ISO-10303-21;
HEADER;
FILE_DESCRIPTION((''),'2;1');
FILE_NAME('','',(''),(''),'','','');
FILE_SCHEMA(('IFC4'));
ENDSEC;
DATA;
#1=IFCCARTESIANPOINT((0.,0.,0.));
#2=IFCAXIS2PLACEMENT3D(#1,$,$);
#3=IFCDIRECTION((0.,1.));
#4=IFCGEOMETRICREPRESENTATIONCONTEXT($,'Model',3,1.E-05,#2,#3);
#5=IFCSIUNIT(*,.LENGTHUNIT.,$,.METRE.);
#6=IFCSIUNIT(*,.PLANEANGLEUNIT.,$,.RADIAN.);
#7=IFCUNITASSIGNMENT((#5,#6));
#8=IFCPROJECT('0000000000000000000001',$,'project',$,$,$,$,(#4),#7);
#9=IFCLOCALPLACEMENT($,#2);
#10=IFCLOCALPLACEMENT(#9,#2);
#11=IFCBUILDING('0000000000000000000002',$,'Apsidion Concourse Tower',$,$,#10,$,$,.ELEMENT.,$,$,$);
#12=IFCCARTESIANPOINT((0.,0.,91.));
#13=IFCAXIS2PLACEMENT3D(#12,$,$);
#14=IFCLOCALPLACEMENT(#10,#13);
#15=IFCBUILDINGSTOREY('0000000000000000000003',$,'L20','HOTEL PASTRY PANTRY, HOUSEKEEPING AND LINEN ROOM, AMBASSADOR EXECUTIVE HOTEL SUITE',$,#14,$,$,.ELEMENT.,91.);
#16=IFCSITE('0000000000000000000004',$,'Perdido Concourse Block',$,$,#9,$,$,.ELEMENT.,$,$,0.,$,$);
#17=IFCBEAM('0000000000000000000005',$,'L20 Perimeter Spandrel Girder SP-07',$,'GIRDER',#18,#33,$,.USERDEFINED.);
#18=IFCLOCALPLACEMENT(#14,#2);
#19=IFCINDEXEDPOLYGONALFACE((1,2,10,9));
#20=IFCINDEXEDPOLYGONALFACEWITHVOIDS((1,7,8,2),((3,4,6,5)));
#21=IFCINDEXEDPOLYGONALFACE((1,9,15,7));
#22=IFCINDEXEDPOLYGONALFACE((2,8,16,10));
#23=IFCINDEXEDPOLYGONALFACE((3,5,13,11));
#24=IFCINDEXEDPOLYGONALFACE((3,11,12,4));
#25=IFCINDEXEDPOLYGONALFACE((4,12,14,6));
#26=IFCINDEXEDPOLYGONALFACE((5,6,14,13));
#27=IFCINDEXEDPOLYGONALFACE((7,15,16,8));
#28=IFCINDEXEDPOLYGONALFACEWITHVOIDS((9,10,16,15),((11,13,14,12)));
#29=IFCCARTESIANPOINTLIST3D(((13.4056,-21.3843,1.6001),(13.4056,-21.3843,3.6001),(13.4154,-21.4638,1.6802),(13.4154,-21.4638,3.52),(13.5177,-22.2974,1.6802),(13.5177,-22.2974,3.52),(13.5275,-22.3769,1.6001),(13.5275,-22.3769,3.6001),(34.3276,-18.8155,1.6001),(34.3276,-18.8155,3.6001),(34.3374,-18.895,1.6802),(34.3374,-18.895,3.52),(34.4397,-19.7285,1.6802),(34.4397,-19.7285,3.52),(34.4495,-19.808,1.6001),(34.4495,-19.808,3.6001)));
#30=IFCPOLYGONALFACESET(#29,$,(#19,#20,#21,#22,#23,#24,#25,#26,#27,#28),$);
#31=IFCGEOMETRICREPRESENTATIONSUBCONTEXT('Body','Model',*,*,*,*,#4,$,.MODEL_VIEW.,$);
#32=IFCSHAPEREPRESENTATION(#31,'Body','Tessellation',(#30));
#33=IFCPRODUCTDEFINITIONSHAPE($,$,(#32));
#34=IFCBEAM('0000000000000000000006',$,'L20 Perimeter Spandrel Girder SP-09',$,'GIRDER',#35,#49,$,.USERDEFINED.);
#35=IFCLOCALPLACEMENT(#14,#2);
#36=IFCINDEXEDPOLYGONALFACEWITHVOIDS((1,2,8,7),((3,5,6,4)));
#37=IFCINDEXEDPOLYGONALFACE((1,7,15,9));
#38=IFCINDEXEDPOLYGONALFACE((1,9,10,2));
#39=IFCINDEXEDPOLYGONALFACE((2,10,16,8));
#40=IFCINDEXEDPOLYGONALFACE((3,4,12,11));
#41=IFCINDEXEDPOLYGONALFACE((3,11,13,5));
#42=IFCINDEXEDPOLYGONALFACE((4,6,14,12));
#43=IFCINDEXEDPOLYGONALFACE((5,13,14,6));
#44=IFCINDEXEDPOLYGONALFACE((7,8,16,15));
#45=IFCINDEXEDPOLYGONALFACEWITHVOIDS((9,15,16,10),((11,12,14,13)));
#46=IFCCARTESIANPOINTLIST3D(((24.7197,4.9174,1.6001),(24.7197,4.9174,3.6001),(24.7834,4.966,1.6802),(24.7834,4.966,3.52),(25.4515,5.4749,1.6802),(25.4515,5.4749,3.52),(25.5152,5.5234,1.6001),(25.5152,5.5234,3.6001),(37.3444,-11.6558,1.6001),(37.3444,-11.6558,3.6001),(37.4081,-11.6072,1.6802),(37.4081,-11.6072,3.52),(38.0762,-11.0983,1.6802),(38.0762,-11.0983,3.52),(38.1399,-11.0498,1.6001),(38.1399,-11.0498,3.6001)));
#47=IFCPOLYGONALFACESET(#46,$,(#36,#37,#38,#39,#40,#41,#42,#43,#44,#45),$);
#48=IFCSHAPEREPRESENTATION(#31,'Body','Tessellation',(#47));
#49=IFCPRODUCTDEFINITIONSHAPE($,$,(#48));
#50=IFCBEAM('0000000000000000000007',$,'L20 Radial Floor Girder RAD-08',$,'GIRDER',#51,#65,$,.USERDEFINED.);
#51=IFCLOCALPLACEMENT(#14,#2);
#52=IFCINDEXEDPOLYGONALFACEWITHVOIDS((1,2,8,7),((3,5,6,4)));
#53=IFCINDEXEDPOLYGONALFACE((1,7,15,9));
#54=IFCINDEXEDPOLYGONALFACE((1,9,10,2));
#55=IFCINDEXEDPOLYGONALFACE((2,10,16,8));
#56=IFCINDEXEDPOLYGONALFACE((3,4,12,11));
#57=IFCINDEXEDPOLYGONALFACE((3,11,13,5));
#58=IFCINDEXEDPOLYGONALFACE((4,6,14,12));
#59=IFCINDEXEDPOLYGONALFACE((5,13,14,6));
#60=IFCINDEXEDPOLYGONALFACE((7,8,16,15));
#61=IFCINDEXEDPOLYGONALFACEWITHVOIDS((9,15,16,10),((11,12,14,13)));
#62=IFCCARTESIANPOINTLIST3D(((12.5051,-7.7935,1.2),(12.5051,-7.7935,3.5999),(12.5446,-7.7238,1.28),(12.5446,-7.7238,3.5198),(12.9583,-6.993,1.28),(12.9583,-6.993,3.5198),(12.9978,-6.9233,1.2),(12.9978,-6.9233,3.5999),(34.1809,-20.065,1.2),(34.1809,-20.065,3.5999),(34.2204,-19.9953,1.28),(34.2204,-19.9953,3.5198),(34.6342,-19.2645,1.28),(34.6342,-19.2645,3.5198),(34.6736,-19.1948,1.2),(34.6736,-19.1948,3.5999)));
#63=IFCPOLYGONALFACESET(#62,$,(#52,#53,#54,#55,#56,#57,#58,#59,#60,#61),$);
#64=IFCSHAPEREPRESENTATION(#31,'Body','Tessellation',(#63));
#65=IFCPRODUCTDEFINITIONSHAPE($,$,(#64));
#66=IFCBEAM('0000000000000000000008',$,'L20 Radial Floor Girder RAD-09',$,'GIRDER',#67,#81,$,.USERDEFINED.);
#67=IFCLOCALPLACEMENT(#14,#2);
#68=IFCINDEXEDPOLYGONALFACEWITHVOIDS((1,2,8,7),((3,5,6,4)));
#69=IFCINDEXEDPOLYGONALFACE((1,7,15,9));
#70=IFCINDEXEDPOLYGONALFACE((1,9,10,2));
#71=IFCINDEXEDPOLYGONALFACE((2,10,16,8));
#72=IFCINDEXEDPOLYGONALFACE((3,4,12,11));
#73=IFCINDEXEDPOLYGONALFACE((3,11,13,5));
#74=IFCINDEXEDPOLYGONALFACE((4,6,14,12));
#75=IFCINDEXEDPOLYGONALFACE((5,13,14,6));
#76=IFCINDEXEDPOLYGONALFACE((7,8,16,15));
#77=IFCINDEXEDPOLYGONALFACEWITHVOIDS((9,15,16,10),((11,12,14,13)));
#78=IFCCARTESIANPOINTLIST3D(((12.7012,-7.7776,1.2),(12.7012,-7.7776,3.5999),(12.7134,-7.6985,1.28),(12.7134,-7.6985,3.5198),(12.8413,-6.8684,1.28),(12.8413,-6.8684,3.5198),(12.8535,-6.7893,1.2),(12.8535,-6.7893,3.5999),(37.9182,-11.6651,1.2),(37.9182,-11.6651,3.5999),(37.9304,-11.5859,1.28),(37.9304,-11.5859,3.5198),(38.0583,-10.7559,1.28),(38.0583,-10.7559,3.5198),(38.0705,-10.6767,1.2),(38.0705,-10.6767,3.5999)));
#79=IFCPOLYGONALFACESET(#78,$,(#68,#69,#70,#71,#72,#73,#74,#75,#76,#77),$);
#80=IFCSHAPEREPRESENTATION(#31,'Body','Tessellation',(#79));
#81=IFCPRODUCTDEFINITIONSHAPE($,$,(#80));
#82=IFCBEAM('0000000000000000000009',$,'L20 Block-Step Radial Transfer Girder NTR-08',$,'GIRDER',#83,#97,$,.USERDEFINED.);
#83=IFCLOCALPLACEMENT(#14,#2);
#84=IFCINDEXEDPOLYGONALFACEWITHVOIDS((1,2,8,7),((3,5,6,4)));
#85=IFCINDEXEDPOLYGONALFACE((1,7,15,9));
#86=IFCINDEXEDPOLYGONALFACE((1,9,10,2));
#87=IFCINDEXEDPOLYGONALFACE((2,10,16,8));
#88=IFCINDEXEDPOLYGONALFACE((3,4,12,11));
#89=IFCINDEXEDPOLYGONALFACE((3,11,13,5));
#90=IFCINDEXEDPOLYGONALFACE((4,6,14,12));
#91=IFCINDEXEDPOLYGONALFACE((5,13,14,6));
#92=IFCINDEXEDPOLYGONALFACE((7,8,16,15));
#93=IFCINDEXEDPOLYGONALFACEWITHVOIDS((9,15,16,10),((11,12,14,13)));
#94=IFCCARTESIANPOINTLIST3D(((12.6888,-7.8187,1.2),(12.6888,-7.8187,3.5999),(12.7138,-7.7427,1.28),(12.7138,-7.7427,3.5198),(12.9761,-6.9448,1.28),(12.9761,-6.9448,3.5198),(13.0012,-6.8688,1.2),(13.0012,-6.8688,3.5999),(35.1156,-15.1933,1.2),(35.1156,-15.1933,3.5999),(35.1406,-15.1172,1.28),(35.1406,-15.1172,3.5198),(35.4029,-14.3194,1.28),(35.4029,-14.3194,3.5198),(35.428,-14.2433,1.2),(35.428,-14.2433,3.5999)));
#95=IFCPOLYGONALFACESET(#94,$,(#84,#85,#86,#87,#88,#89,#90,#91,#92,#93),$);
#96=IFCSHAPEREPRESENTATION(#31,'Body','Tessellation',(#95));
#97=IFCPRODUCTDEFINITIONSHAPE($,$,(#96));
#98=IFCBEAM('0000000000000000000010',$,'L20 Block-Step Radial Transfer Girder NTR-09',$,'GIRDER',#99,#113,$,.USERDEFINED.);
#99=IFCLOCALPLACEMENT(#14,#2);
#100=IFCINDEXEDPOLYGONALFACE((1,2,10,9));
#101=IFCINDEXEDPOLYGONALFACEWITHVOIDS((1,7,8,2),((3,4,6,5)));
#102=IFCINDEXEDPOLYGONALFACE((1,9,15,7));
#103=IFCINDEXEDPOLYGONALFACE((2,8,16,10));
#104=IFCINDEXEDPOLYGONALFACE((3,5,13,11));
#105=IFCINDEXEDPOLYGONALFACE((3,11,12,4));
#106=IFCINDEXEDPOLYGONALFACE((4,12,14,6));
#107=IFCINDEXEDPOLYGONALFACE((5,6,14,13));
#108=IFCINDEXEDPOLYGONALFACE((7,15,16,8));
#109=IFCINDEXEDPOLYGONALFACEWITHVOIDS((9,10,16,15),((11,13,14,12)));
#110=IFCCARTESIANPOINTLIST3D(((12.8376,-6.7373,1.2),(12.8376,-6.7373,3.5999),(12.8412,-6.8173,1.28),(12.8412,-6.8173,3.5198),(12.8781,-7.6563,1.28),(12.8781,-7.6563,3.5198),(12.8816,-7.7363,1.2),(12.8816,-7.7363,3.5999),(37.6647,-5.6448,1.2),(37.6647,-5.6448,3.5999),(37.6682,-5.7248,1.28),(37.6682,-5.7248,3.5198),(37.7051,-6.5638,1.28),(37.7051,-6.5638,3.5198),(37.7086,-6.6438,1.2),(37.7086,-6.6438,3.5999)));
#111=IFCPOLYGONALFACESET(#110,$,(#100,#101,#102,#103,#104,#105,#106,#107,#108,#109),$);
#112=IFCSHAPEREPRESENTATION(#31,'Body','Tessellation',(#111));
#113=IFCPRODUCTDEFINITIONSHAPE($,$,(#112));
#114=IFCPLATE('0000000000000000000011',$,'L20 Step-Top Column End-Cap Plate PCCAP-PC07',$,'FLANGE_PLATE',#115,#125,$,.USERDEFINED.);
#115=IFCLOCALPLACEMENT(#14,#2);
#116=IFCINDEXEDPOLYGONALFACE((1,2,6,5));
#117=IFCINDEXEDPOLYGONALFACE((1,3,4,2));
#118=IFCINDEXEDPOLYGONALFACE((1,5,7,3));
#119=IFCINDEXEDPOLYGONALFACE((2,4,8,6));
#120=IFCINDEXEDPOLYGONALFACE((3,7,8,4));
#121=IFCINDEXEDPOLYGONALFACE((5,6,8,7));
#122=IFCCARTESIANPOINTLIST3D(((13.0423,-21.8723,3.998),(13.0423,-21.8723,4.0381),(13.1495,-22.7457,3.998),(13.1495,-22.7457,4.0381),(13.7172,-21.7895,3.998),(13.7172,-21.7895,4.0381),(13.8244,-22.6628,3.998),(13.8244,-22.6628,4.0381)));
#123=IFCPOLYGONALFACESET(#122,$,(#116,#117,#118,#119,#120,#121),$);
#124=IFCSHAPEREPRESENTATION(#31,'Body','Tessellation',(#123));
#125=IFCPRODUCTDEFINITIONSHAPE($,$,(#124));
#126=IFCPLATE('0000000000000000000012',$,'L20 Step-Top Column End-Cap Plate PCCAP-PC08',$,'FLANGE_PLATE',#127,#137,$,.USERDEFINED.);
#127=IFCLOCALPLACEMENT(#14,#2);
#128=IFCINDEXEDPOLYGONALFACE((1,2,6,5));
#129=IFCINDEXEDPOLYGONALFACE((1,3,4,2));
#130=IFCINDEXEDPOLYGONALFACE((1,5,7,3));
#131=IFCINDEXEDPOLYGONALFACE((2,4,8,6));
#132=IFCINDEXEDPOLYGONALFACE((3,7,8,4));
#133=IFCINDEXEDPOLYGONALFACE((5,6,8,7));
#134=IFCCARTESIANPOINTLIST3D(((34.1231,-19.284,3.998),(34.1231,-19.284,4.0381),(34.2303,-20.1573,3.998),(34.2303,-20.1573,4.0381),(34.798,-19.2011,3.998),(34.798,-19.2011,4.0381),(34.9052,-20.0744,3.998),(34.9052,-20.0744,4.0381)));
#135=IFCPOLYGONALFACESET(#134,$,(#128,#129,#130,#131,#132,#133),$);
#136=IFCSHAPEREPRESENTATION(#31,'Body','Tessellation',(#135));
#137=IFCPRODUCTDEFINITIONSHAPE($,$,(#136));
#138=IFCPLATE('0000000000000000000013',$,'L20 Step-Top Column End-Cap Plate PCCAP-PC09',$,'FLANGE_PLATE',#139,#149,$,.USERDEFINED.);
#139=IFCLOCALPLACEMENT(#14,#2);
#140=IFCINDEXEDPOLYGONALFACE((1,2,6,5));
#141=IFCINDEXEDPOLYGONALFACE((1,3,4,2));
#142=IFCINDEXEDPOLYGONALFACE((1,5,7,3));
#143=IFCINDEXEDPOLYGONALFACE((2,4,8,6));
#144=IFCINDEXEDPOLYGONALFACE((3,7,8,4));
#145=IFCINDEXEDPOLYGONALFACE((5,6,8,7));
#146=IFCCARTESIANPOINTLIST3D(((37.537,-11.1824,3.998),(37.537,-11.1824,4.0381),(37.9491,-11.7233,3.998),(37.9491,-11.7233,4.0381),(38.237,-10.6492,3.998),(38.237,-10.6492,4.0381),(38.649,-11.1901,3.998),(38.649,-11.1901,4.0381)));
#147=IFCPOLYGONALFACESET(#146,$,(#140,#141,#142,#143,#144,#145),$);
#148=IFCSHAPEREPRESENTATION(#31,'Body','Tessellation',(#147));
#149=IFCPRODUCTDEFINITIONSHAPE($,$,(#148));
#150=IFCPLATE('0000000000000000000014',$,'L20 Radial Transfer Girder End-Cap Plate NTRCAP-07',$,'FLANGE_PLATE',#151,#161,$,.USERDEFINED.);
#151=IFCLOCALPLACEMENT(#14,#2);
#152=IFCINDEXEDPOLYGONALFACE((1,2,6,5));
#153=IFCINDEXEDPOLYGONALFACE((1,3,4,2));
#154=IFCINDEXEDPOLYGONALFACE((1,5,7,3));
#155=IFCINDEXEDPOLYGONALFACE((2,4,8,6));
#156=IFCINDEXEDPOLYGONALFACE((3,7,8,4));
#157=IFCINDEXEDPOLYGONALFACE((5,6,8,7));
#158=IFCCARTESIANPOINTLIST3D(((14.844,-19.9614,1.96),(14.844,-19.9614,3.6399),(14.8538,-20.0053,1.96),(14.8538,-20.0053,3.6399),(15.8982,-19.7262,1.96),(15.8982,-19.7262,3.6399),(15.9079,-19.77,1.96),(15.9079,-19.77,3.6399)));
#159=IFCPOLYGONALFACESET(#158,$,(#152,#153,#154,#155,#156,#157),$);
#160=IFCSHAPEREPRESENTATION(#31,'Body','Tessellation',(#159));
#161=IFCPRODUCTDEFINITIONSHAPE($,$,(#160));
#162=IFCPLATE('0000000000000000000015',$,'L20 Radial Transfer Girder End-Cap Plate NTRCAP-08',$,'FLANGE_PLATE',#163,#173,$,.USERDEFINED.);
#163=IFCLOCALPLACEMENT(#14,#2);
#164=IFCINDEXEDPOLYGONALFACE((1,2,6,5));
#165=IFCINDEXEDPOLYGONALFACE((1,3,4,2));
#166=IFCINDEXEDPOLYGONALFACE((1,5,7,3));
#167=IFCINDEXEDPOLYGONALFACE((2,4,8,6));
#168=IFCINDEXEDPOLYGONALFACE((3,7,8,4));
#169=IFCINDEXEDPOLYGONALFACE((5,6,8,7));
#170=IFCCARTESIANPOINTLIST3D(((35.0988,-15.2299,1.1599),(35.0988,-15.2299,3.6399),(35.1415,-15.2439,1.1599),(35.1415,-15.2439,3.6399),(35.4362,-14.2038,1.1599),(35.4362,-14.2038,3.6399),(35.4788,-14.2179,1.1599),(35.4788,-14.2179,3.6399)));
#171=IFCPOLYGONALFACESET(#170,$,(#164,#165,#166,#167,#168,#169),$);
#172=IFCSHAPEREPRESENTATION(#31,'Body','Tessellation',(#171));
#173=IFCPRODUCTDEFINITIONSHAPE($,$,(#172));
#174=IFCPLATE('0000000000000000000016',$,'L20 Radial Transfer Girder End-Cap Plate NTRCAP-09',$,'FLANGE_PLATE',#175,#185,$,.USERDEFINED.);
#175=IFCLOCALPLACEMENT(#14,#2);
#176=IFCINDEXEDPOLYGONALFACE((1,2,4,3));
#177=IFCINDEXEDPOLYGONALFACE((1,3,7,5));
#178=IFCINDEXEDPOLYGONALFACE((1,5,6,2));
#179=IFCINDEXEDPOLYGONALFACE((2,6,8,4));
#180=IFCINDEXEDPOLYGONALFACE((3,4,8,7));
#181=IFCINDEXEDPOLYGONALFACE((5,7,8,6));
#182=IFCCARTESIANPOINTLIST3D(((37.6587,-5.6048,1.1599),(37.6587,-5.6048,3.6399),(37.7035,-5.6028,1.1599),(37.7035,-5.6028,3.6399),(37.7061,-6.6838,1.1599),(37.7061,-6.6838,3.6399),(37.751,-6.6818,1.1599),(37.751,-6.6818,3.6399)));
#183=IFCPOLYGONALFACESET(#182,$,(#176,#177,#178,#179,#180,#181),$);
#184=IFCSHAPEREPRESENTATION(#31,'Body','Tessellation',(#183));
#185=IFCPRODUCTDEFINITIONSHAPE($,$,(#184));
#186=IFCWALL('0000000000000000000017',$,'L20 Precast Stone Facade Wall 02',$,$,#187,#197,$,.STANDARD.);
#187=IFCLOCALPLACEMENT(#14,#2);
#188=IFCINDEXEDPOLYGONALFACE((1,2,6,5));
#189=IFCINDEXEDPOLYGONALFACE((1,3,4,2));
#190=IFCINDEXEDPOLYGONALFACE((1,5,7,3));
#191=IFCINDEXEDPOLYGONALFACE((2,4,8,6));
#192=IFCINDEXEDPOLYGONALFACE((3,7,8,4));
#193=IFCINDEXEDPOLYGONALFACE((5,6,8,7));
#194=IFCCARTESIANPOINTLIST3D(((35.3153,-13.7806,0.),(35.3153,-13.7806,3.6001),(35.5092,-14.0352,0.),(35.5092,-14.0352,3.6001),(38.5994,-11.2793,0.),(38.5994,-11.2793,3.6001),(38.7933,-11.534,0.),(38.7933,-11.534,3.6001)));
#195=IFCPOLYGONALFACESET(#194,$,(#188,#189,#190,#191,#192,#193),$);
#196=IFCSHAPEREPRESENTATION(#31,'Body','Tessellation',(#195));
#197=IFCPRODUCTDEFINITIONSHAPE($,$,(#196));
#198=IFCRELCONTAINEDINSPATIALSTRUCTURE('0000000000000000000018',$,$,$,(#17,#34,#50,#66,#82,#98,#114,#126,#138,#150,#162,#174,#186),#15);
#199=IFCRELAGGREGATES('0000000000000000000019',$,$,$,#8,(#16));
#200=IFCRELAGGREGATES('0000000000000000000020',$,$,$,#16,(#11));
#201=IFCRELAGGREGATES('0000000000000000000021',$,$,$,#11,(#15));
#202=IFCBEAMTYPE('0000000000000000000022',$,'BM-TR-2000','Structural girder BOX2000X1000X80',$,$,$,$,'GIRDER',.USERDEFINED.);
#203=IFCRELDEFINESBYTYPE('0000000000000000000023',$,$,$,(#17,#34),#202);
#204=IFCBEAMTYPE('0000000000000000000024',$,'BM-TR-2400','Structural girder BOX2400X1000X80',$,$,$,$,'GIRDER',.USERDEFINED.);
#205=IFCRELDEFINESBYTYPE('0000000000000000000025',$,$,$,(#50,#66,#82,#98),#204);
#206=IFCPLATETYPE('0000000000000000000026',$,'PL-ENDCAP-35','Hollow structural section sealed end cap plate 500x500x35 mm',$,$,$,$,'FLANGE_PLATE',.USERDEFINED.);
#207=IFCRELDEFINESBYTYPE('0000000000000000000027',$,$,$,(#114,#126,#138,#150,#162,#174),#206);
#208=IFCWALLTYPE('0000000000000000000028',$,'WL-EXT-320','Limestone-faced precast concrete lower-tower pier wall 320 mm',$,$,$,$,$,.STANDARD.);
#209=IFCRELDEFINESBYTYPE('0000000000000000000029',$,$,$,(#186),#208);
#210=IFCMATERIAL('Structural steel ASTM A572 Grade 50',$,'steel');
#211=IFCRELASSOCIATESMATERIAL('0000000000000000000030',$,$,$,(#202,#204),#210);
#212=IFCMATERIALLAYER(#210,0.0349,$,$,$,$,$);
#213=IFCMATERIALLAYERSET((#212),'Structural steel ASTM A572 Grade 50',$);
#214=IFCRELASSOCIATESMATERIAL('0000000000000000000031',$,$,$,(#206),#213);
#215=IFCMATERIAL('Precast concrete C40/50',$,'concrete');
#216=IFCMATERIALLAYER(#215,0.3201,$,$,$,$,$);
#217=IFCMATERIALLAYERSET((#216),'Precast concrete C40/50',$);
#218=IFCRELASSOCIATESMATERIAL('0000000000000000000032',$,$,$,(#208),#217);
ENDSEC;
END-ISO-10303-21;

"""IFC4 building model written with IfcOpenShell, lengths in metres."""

from ifc_helpers import new_model, si_unit, direction, frame, frame_2d, origin, origin_2d, place, context, subcontext, project, spatial, rectangle, hollow_rectangle, extrude, material, layer, layer_set, material_profile, profile_set, type_object, element, save


model = new_model("IFC4")

# Units and contexts
model_context = context("Model", 3, precision=1e-05, world=origin(), true_north=direction((0.0, 1.0)))
body_context = subcontext(model_context, "Body", "Model", "MODEL_VIEW")
ifc_project = project(units=[si_unit("LENGTHUNIT", "METRE"), si_unit("PLANEANGLEUNIT", "RADIAN")], contexts=[model_context])

# Site, building, storey
site_placement = place(None, origin())
site = spatial("IfcSite", under=ifc_project, at=site_placement, Name="Perdido Concourse Block", CompositionType="ELEMENT", RefElevation=0.0)
building_placement = place(site_placement, origin())
building = spatial("IfcBuilding", under=site, at=building_placement, Name="Apsidion Concourse Tower", CompositionType="ELEMENT")
storey_placement = place(building_placement, frame((0.0, 0.0, 91.0)))
storey = spatial("IfcBuildingStorey", under=building, at=storey_placement, Name="L20", Description="HOTEL PASTRY PANTRY, HOUSEKEEPING AND LINEN ROOM, AMBASSADOR EXECUTIVE HOTEL SUITE", CompositionType="ELEMENT", Elevation=91.0)

# Shared definitions
ifc_material_1 = material(Name="Structural steel ASTM A572 Grade 50", Category="steel")

# Beams
ifc_material_profile_1 = material_profile(ifc_material_1, hollow_rectangle(XDim=1.0, YDim=2.0, WallThickness=0.0801, at=origin_2d()), Name="BOX2000X1000X80")
ifc_profile_set_1 = profile_set([ifc_material_profile_1], Name="Structural steel ASTM A572 Grade 50")
beam_type_1 = type_object("IfcBeamType", Name="BM-TR-2000", Description="Structural girder BOX2000X1000X80", ElementType="GIRDER", PredefinedType="USERDEFINED", material=ifc_profile_set_1)
beam_1_placement = place(storey_placement, frame((13.4666, -21.8806, 2.6001), z_axis=(0.992546, 0.121868, 0.0), x_axis=(-0.121868, 0.992546, 0.0)))
element("IfcBeam", 1, at=beam_1_placement, inside=storey, type_object=beam_type_1, Name="L20 Perimeter Spandrel Girder SP-07", ObjectType="GIRDER", PredefinedType="USERDEFINED", context=body_context, shape_type="SweptSolid", body=[
    extrude(hollow_rectangle(XDim=1.0, YDim=2.0, WallThickness=0.0801, at=origin_2d()), origin(), (0.0, 0.0, 1.0), 21.0791),
])
beam_2_placement = place(storey_placement, frame((37.7422, -11.3528, 2.6001), z_axis=(-0.605968, 0.795489, 0.0), x_axis=(-0.795489, -0.605968, 0.0)))
element("IfcBeam", 2, at=beam_2_placement, inside=storey, type_object=beam_type_1, Name="L20 Perimeter Spandrel Girder SP-09", ObjectType="GIRDER", PredefinedType="USERDEFINED", context=body_context, shape_type="SweptSolid", body=[
    extrude(hollow_rectangle(XDim=1.0, YDim=2.0, WallThickness=0.0801, at=origin_2d()), origin(), (0.0, 0.0, 1.0), 20.834),
])
ifc_material_profile_2 = material_profile(ifc_material_1, hollow_rectangle(XDim=1.0, YDim=2.3999, WallThickness=0.0801, at=origin_2d()), Name="BOX2400X1000X80")
ifc_profile_set_2 = profile_set([ifc_material_profile_2], Name="Structural steel ASTM A572 Grade 50")
beam_type_2 = type_object("IfcBeamType", Name="BM-TR-2400", Description="Structural girder BOX2400X1000X80", ElementType="GIRDER", PredefinedType="USERDEFINED", material=ifc_profile_set_2)
beam_3_placement = place(storey_placement, frame((12.7515, -7.3584, 2.3999), z_axis=(0.870219, -0.492664, 0.0), x_axis=(0.492664, 0.870219, 0.0)))
element("IfcBeam", 3, at=beam_3_placement, inside=storey, type_object=beam_type_2, Name="L20 Radial Floor Girder RAD-08", ObjectType="GIRDER", PredefinedType="USERDEFINED", context=body_context, shape_type="SweptSolid", body=[
    extrude(hollow_rectangle(XDim=1.0, YDim=2.3999, WallThickness=0.0801, at=origin_2d()), origin(), (0.0, 0.0, 1.0), 24.9084),
])
beam_4_placement = place(storey_placement, frame((12.7773, -7.2834, 2.3999), z_axis=(0.988325, -0.15236, 0.0), x_axis=(0.15236, 0.988325, 0.0)))
element("IfcBeam", 4, at=beam_4_placement, inside=storey, type_object=beam_type_2, Name="L20 Radial Floor Girder RAD-09", ObjectType="GIRDER", PredefinedType="USERDEFINED", context=body_context, shape_type="SweptSolid", body=[
    extrude(hollow_rectangle(XDim=1.0, YDim=2.3999, WallThickness=0.0801, at=origin_2d()), origin(), (0.0, 0.0, 1.0), 25.5149),
])
beam_5_placement = place(storey_placement, frame((12.845, -7.3438, 2.3999), z_axis=(0.94996, -0.312372, 0.0), x_axis=(0.312372, 0.94996, 0.0)))
element("IfcBeam", 5, at=beam_5_placement, inside=storey, type_object=beam_type_2, Name="L20 Block-Step Radial Transfer Girder NTR-08", ObjectType="GIRDER", PredefinedType="USERDEFINED", context=body_context, shape_type="SweptSolid", body=[
    extrude(hollow_rectangle(XDim=1.0, YDim=2.3999, WallThickness=0.0801, at=origin_2d()), origin(), (0.0, 0.0, 1.0), 23.6082),
])
beam_6_placement = place(storey_placement, frame((12.8596, -7.2368, 2.3999), z_axis=(0.999033, 0.043963, 0.0), x_axis=(-0.043963, 0.999033, 0.0)))
element("IfcBeam", 6, at=beam_6_placement, inside=storey, type_object=beam_type_2, Name="L20 Block-Step Radial Transfer Girder NTR-09", ObjectType="GIRDER", PredefinedType="USERDEFINED", context=body_context, shape_type="SweptSolid", body=[
    extrude(hollow_rectangle(XDim=1.0, YDim=2.3999, WallThickness=0.0801, at=origin_2d()), origin(), (0.0, 0.0, 1.0), 24.8511),
])

# Plates
ifc_layer_1 = layer(ifc_material_1, 0.0349)
ifc_layer_set_1 = layer_set([ifc_layer_1], Name="Structural steel ASTM A572 Grade 50")
plate_type = type_object("IfcPlateType", Name="PL-ENDCAP-35", Description="Hollow structural section sealed end cap plate 500x500x35 mm", ElementType="FLANGE_PLATE", PredefinedType="USERDEFINED", material=ifc_layer_set_1)
for number, where, z_axis, x_axis, name in (
    (7, (13.4333, -22.2676, 3.998), (0.0, 0.0, 1.0), (0.992546, 0.121869, 0.0), "L20 Step-Top Column End-Cap Plate PCCAP-PC07"),
    (8, (34.5142, -19.6792, 3.998), (0.0, 0.0, 1.0), (0.992546, 0.121869, 0.0), "L20 Step-Top Column End-Cap Plate PCCAP-PC08"),
    (9, (38.093, -11.1863, 3.998), (0.0, 0.0, 1.0), (-0.605988, 0.795473, 0.0), "L20 Step-Top Column End-Cap Plate PCCAP-PC09"),
):
    element("IfcPlate", number, at=place(storey_placement, frame(where, z_axis=z_axis, x_axis=x_axis)), inside=storey, type_object=plate_type, Name=name, ObjectType="FLANGE_PLATE", PredefinedType="USERDEFINED", context=body_context, shape_type="SweptSolid", body=[
        extrude(rectangle(XDim=0.6799, YDim=0.8799, at=origin_2d()), origin(), (0.0, 0.0, 1.0), 0.04),
    ])
plate_placement = place(storey_placement, frame((15.376, -19.8657, 1.96), z_axis=(0.0, 0.0, 1.0), x_axis=(0.217803, -0.975993, 0.0)))
element("IfcPlate", 10, at=plate_placement, inside=storey, type_object=plate_type, Name="L20 Radial Transfer Girder End-Cap Plate NTRCAP-07", ObjectType="FLANGE_PLATE", PredefinedType="USERDEFINED", context=body_context, shape_type="SweptSolid", body=[
    extrude(rectangle(XDim=0.0449, YDim=1.0801, at=origin_2d()), origin(), (0.0, 0.0, 1.0), 1.6799),
])
for number, where, z_axis, x_axis, name in (
    (11, (35.2888, -14.7239, 1.1599), (0.0, 0.0, 1.0), (0.949972, -0.312335, 0.0), "L20 Radial Transfer Girder End-Cap Plate NTRCAP-08"),
    (12, (37.7048, -6.1433, 1.1599), (0.0, 0.0, 1.0), (0.999033, 0.043968, 0.0), "L20 Radial Transfer Girder End-Cap Plate NTRCAP-09"),
):
    element("IfcPlate", number, at=place(storey_placement, frame(where, z_axis=z_axis, x_axis=x_axis)), inside=storey, type_object=plate_type, Name=name, ObjectType="FLANGE_PLATE", PredefinedType="USERDEFINED", context=body_context, shape_type="SweptSolid", body=[
        extrude(rectangle(XDim=0.0449, YDim=1.0801, at=origin_2d()), origin(), (0.0, 0.0, 1.0), 2.48),
    ])

# Wall
ifc_material_2 = material(Name="Precast concrete C40/50", Category="concrete")
ifc_layer_2 = layer(ifc_material_2, 0.3201)
ifc_layer_set_2 = layer_set([ifc_layer_2], Name="Precast concrete C40/50")
wall_type = type_object("IfcWallType", Name="WL-EXT-320", Description="Limestone-faced precast concrete lower-tower pier wall 320 mm", PredefinedType="STANDARD", material=ifc_layer_set_2)
wall_1_placement = place(storey_placement, frame((38.6963, -11.4067, 0.0), z_axis=(0.0, 0.0, 1.0), x_axis=(-0.79555, -0.605888, 0.0)))
element("IfcWall", 13, at=wall_1_placement, inside=storey, type_object=wall_type, Name="L20 Precast Stone Facade Wall 02", PredefinedType="STANDARD", context=body_context, shape_type="SweptSolid", body=[
    extrude(rectangle(XDim=4.1282, YDim=0.3201, at=frame_2d((2.064, 0.0))), origin(), (0.0, 0.0, 1.0), 3.6001),
])

save(model, "model.ifc")
